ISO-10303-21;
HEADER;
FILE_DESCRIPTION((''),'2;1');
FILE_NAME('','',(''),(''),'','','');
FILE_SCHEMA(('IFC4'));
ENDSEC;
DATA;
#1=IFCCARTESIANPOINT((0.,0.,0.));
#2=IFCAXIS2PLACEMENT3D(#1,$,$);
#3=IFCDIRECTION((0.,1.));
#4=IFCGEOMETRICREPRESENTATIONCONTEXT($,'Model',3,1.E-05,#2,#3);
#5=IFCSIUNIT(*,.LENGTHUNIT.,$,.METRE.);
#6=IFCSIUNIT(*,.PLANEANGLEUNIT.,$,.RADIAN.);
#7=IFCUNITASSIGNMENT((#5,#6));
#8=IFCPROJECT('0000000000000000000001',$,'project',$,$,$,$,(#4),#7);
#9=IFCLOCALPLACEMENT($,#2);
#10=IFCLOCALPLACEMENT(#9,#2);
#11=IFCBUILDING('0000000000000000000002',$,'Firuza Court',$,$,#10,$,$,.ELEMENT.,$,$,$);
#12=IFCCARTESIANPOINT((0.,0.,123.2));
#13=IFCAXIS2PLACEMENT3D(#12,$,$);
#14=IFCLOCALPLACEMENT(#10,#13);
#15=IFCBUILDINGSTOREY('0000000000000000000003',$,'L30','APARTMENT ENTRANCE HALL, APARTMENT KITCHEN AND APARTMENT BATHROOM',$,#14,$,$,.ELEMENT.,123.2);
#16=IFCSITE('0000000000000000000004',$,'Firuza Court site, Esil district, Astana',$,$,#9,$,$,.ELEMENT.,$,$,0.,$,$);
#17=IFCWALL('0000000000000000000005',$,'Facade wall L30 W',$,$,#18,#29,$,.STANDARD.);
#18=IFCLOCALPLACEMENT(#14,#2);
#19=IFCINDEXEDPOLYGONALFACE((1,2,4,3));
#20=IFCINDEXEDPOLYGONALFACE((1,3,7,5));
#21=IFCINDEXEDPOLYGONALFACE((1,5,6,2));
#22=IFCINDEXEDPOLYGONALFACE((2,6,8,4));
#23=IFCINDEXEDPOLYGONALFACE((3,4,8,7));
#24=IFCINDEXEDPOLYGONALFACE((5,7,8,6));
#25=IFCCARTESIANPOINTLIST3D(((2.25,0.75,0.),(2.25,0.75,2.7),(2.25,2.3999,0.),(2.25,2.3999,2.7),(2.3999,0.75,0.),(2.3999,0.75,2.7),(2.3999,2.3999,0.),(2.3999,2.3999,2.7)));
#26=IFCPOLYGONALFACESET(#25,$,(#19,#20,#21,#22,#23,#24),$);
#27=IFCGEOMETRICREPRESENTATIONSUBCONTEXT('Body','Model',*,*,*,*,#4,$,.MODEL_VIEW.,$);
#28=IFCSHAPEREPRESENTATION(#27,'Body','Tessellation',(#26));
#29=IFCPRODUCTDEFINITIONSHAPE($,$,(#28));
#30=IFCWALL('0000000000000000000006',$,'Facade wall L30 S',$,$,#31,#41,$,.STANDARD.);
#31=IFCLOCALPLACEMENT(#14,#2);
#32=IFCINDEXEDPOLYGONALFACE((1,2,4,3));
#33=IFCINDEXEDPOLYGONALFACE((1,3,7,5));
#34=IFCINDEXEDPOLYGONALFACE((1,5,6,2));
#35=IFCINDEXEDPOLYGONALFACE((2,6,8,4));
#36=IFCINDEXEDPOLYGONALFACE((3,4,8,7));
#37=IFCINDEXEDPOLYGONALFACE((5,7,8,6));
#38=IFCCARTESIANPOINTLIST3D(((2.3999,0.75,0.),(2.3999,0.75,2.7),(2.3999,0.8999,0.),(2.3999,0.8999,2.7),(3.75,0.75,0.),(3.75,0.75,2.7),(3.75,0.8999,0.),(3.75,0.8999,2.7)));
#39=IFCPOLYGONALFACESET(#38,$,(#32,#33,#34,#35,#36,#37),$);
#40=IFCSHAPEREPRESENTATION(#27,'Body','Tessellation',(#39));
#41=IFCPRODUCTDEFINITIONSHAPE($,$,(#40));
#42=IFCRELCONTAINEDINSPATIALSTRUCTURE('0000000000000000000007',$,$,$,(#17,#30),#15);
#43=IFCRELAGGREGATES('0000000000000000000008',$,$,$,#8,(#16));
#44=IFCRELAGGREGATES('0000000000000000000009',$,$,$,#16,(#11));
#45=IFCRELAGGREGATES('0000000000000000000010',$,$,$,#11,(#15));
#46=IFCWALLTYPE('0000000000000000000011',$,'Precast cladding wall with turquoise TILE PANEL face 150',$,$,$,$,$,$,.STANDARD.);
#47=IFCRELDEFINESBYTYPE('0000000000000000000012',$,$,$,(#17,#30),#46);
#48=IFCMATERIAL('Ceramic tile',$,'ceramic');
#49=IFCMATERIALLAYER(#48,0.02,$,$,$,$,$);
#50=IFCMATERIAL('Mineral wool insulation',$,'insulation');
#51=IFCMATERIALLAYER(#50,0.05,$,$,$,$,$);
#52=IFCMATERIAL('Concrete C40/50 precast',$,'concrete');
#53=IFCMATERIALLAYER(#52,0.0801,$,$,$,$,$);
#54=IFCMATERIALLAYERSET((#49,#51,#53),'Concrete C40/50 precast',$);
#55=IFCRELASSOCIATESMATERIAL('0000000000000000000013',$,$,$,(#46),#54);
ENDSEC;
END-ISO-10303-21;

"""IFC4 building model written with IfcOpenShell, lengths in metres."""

from ifc_helpers import new_model, si_unit, direction, frame, frame_2d, origin, place, context, subcontext, project, spatial, rectangle, extrude, material, layer, layer_set, type_object, element, save


model = new_model("IFC4")

# Units and contexts
model_context = context("Model", 3, precision=1e-05, world=origin(), true_north=direction((0.0, 1.0)))
body_context = subcontext(model_context, "Body", "Model", "MODEL_VIEW")
ifc_project = project(units=[si_unit("LENGTHUNIT", "METRE"), si_unit("PLANEANGLEUNIT", "RADIAN")], contexts=[model_context])

# Site, building, storey
site_placement = place(None, origin())
site = spatial("IfcSite", under=ifc_project, at=site_placement, Name="Firuza Court site, Esil district, Astana", CompositionType="ELEMENT", RefElevation=0.0)
building_placement = place(site_placement, origin())
building = spatial("IfcBuilding", under=site, at=building_placement, Name="Firuza Court", CompositionType="ELEMENT")
storey_placement = place(building_placement, frame((0.0, 0.0, 123.2)))
storey = spatial("IfcBuildingStorey", under=building, at=storey_placement, Name="L30", Description="APARTMENT ENTRANCE HALL, APARTMENT KITCHEN AND APARTMENT BATHROOM", CompositionType="ELEMENT", Elevation=123.2)

# Shared definitions
ifc_material_1 = material(Name="Concrete C40/50 precast", Category="concrete")

# Walls
ifc_material_2 = material(Name="Ceramic tile", Category="ceramic")
ifc_layer_1 = layer(ifc_material_2, 0.02)
ifc_material_3 = material(Name="Mineral wool insulation", Category="insulation")
ifc_layer_2 = layer(ifc_material_3, 0.05)
ifc_layer_3 = layer(ifc_material_1, 0.0801)
ifc_layer_set_1 = layer_set([ifc_layer_1, ifc_layer_2, ifc_layer_3], Name="Concrete C40/50 precast")
wall_type_1 = type_object("IfcWallType", Name="Precast cladding wall with turquoise TILE PANEL face 150", PredefinedType="STANDARD", material=ifc_layer_set_1)
wall_1_placement = place(storey_placement, frame((2.325, 2.3999, 0.0), z_axis=(0.0, 0.0, 1.0), x_axis=(0.0, -1.0, 0.0)))
element("IfcWall", 1, at=wall_1_placement, inside=storey, type_object=wall_type_1, Name="Facade wall L30 W", PredefinedType="STANDARD", context=body_context, shape_type="SweptSolid", body=[
    extrude(rectangle(XDim=1.6499, YDim=0.1499, at=frame_2d((0.825, 0.0))), origin(), (0.0, 0.0, 1.0), 2.7),
])
wall_2_placement = place(storey_placement, frame((2.3999, 0.825, 0.0), z_axis=(0.0, 0.0, 1.0), x_axis=(1.0, 0.0, 0.0)))
element("IfcWall", 2, at=wall_2_placement, inside=storey, type_object=wall_type_1, Name="Facade wall L30 S", PredefinedType="STANDARD", context=body_context, shape_type="SweptSolid", body=[
    extrude(rectangle(XDim=1.3501, YDim=0.1499, at=frame_2d((0.675, 0.0))), origin(), (0.0, 0.0, 1.0), 2.7),
])

save(model, "model.ifc")
